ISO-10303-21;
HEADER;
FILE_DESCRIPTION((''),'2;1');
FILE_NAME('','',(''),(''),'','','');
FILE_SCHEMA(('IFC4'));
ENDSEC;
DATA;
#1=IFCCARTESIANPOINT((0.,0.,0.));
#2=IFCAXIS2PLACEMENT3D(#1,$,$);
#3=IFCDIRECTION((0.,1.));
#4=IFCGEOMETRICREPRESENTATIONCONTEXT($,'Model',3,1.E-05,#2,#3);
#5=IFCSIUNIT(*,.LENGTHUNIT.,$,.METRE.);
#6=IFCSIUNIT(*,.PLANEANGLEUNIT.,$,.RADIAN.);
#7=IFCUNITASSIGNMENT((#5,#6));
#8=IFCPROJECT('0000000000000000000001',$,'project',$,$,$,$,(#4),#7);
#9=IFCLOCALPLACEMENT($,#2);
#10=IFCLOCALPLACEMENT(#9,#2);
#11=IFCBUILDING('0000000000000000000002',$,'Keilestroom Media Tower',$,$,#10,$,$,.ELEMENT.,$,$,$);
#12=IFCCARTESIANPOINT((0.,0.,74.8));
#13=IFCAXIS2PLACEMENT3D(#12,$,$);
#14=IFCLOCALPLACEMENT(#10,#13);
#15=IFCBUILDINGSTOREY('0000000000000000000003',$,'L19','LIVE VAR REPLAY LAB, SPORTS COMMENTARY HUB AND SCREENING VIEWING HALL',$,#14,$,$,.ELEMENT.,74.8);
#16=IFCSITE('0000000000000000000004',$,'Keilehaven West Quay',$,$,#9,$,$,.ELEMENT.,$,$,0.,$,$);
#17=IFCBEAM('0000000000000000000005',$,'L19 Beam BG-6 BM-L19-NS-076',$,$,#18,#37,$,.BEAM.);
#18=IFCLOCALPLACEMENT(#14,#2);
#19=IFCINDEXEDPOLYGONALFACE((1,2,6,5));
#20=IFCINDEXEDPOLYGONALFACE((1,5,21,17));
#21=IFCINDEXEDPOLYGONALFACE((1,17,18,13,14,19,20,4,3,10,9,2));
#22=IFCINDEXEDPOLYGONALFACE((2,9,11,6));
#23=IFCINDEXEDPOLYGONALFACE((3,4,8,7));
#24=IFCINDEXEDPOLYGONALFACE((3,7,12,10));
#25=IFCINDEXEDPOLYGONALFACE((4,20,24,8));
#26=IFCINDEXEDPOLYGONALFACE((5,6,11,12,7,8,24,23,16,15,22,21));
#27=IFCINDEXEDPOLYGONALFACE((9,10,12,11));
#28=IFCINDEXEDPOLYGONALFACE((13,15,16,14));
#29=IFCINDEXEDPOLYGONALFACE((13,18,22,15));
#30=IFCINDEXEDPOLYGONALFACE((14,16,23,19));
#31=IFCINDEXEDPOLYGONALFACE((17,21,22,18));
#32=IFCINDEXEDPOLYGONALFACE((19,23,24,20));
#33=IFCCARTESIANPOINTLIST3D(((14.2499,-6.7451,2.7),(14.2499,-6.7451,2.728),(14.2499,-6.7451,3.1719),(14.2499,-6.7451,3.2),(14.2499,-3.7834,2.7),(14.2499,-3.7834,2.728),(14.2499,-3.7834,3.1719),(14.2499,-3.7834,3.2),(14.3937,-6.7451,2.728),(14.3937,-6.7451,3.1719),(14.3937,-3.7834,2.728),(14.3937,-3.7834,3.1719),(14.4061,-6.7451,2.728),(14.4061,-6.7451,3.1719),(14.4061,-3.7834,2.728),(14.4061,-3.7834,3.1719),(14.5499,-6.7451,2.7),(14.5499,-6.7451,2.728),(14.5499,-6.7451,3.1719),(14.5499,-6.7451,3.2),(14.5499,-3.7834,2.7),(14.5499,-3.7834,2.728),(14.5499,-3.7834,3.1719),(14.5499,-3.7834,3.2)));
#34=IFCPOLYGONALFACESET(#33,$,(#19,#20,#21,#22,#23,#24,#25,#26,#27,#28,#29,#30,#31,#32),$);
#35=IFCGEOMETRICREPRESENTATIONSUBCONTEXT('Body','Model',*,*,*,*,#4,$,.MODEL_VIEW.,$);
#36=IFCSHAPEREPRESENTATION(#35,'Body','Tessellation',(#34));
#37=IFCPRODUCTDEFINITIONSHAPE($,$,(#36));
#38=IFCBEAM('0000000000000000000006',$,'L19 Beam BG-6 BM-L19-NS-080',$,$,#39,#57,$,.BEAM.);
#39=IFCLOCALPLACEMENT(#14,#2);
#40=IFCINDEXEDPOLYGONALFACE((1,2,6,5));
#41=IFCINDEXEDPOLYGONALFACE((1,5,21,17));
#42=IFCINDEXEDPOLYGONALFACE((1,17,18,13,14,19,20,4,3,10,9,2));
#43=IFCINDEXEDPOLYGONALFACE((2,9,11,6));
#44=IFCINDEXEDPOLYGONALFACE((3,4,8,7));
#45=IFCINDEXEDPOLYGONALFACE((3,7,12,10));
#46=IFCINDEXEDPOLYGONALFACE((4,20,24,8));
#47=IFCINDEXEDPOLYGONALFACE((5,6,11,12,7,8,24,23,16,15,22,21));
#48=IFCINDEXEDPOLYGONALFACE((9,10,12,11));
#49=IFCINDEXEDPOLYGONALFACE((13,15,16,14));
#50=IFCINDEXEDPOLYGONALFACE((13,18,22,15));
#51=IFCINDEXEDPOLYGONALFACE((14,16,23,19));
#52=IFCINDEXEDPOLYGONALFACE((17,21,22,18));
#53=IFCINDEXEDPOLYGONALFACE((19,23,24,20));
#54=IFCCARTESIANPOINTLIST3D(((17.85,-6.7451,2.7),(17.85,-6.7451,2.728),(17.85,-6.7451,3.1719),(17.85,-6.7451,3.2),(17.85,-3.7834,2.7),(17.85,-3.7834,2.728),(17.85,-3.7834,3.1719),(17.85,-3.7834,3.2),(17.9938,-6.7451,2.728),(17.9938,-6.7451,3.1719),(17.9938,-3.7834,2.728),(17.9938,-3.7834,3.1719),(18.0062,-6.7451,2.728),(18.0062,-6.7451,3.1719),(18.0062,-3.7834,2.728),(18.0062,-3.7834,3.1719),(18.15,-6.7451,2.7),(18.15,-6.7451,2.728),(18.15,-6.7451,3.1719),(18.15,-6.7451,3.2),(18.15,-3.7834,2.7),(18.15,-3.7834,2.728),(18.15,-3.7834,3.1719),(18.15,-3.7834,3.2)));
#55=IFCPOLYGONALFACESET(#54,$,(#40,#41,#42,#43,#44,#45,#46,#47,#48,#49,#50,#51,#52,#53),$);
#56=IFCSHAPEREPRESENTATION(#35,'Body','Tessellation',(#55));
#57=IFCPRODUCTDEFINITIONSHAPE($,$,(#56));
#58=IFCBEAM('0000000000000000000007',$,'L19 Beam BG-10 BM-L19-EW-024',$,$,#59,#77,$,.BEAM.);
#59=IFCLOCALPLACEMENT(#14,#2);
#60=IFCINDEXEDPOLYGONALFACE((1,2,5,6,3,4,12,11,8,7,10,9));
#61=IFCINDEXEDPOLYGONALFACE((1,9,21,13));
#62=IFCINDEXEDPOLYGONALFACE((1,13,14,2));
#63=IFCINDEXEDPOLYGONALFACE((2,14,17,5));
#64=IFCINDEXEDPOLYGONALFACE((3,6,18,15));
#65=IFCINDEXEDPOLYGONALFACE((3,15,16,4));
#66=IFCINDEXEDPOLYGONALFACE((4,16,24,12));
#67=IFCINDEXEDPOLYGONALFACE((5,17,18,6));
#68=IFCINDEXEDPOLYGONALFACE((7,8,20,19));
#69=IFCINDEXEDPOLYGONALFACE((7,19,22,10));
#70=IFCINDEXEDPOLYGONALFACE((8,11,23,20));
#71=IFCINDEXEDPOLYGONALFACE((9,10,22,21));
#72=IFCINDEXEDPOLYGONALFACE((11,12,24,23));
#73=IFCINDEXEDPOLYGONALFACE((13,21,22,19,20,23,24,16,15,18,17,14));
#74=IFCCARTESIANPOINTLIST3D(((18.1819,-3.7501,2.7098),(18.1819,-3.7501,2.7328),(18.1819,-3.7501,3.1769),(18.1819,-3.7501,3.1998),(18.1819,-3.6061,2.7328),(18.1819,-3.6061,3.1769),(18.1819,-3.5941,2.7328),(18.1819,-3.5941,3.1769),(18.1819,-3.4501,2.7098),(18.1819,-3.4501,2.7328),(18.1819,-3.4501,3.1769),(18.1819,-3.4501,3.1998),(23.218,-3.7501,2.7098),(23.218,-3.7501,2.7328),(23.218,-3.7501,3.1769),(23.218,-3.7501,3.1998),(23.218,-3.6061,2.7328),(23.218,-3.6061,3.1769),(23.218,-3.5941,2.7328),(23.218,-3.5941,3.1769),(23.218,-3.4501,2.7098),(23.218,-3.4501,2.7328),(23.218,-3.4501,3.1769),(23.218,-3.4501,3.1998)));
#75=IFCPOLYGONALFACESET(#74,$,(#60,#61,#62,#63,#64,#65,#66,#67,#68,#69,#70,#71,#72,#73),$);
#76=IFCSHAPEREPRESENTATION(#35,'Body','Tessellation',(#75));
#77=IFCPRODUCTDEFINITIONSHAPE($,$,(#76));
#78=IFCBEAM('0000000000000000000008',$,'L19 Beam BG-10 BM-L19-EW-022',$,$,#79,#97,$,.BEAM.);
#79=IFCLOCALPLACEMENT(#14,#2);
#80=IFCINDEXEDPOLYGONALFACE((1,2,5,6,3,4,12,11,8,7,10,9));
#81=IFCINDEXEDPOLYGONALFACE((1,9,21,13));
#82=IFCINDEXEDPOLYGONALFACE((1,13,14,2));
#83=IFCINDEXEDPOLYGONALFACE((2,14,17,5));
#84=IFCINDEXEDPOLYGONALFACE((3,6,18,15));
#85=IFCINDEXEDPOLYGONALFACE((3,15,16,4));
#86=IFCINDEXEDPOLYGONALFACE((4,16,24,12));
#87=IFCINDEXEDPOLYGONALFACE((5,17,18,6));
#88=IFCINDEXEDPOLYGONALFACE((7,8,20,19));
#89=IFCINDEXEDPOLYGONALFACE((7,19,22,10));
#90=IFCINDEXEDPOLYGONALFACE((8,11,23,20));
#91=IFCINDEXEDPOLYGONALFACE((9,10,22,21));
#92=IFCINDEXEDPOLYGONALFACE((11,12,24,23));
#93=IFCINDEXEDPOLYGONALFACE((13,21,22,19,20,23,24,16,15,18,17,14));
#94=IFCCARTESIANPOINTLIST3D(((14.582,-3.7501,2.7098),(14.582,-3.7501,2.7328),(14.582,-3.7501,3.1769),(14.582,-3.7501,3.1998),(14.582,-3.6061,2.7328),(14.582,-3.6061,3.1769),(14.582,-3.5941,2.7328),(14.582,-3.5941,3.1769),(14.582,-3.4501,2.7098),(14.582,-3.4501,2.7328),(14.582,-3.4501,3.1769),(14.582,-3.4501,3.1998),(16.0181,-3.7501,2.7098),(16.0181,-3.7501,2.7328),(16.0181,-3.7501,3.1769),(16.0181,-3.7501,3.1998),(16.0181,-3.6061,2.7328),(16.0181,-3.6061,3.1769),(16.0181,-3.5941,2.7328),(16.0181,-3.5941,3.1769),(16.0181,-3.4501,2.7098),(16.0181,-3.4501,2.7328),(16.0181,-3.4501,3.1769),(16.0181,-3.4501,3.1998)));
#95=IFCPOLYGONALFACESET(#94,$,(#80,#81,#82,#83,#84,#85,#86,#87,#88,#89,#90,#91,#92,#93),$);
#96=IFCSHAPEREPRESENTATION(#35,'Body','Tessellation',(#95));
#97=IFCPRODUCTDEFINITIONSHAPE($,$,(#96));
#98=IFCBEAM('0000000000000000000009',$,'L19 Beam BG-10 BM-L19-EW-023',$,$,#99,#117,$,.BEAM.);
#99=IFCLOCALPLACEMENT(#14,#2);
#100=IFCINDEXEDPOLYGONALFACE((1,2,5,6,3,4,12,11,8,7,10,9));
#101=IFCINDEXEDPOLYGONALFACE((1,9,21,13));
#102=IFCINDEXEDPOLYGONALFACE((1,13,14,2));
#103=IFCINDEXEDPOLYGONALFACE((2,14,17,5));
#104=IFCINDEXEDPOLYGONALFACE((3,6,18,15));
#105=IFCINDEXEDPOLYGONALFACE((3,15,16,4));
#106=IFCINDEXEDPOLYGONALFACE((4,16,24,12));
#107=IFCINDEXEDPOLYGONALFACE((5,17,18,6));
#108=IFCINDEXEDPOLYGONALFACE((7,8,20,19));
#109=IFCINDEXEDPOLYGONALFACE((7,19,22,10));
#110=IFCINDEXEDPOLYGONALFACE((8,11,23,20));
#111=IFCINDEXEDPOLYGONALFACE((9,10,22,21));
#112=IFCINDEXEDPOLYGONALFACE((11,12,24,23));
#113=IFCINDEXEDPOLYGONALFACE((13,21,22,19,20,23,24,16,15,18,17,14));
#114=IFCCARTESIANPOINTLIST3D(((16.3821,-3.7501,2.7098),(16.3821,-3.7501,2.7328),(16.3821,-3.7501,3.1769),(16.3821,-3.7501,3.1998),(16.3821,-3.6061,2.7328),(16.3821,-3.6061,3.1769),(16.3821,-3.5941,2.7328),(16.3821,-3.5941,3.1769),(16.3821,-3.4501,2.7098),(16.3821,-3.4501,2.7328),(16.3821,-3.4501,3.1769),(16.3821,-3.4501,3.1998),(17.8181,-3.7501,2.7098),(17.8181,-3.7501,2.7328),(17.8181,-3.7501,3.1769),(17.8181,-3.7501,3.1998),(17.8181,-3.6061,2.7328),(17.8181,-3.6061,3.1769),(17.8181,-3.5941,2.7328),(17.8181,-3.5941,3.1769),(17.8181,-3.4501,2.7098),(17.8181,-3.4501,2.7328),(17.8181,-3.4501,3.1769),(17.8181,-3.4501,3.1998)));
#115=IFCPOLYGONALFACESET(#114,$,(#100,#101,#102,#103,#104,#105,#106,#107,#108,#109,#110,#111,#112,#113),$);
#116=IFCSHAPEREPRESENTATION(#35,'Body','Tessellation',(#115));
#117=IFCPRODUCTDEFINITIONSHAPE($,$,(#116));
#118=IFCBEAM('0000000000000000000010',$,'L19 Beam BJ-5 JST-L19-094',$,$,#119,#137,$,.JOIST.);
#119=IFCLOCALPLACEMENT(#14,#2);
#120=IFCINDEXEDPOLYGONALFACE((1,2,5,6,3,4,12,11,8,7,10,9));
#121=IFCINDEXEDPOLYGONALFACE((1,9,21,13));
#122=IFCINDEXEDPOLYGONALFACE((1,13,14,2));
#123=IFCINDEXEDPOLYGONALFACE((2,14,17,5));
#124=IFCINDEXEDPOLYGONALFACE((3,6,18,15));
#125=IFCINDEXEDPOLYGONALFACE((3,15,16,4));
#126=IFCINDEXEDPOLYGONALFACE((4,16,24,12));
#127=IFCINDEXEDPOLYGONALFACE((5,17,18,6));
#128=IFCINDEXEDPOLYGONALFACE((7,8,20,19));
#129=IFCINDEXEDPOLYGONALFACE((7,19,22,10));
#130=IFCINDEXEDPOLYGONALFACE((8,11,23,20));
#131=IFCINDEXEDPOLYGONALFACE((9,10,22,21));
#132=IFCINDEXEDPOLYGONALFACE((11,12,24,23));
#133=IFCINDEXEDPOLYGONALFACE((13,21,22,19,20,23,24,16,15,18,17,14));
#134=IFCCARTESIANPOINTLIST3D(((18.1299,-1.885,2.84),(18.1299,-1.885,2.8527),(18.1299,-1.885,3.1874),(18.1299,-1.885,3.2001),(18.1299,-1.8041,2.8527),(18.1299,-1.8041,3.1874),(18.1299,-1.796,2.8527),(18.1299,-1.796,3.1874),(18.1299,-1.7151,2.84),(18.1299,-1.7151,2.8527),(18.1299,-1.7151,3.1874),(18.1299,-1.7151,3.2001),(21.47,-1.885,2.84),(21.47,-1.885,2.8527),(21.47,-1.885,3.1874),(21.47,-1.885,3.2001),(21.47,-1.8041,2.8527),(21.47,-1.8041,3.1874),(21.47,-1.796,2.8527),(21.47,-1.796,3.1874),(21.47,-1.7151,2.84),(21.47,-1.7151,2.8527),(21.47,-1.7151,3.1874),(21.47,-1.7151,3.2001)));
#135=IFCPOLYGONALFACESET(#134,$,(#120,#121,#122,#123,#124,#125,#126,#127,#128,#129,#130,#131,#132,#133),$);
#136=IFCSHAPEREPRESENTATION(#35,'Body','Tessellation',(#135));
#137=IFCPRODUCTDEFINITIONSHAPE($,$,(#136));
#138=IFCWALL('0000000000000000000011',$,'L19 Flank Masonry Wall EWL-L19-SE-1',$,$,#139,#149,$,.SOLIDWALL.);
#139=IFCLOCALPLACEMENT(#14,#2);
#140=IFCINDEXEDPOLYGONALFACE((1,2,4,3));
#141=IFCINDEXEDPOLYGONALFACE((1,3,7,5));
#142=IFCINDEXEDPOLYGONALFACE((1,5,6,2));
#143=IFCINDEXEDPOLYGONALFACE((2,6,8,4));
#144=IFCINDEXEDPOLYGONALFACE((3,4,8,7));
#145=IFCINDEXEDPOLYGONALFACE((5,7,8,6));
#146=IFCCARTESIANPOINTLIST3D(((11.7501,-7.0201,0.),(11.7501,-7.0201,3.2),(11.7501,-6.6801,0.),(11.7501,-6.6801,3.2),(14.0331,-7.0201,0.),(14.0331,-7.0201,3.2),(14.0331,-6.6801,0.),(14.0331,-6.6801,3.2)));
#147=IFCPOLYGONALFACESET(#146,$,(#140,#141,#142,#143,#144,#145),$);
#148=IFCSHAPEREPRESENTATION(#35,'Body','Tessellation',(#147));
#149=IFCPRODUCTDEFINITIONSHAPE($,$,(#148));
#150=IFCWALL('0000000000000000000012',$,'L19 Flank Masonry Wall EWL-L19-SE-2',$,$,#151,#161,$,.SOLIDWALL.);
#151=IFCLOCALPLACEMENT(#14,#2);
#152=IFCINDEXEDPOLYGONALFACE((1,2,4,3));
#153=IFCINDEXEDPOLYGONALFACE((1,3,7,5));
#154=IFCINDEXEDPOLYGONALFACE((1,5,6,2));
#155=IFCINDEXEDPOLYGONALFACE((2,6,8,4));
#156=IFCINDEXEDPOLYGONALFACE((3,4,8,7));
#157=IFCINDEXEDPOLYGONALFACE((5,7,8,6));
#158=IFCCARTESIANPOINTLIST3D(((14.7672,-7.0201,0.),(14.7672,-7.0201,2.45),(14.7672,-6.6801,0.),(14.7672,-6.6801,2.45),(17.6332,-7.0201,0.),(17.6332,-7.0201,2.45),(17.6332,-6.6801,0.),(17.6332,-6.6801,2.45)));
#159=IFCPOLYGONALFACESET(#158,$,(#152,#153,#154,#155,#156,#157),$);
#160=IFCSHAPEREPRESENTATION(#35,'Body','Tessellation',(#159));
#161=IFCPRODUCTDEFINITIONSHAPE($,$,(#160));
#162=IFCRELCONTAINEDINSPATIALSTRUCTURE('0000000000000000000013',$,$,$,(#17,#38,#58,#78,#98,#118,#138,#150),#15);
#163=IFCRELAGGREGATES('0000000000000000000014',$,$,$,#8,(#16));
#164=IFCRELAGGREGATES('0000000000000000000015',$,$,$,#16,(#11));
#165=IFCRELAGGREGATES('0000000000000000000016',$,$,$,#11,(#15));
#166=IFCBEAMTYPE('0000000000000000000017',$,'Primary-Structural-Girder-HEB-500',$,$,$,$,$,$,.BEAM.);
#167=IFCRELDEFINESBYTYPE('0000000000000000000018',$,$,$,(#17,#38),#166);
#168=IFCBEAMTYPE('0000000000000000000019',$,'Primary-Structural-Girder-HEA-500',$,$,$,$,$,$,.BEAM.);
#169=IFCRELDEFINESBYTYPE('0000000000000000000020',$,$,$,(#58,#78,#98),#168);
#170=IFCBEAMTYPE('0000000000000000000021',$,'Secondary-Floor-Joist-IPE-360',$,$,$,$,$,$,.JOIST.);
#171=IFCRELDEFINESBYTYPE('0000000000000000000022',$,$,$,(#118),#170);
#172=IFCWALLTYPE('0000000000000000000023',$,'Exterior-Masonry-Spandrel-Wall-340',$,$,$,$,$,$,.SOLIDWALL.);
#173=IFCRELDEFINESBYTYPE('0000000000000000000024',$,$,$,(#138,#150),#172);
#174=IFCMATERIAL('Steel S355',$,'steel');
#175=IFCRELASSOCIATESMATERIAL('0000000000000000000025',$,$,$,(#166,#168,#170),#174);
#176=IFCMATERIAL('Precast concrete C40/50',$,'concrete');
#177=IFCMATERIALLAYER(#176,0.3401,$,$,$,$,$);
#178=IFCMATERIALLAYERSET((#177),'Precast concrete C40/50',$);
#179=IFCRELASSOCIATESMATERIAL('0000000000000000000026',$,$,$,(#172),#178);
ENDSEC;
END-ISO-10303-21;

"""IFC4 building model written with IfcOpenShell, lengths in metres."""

from ifc_helpers import new_model, si_unit, direction, frame, frame_2d, origin, origin_2d, place, context, subcontext, project, spatial, rectangle, i_section, extrude, source, transform, mapped, material, layer, layer_set, material_profile, profile_set, type_object, element, save


model = new_model("IFC4")

# Units and contexts
model_context = context("Model", 3, precision=1e-05, world=origin(), true_north=direction((0.0, 1.0)))
body_context = subcontext(model_context, "Body", "Model", "MODEL_VIEW")
ifc_project = project(units=[si_unit("LENGTHUNIT", "METRE"), si_unit("PLANEANGLEUNIT", "RADIAN")], contexts=[model_context])

# Site, building, storey
site_placement = place(None, origin())
site = spatial("IfcSite", under=ifc_project, at=site_placement, Name="Keilehaven West Quay", CompositionType="ELEMENT", RefElevation=0.0)
building_placement = place(site_placement, origin())
building = spatial("IfcBuilding", under=site, at=building_placement, Name="Keilestroom Media Tower", CompositionType="ELEMENT")
storey_placement = place(building_placement, frame((0.0, 0.0, 74.8)))
storey = spatial("IfcBuildingStorey", under=building, at=storey_placement, Name="L19", Description="LIVE VAR REPLAY LAB, SPORTS COMMENTARY HUB AND SCREENING VIEWING HALL", CompositionType="ELEMENT", Elevation=74.8)

# Shared definitions
ifc_material_1 = material(Name="Precast concrete C40/50", Category="concrete")

# Beams
ifc_material_2 = material(Name="Steel S355", Category="steel")
ifc_material_profile_1 = material_profile(ifc_material_2, i_section(OverallWidth=0.3, OverallDepth=0.5, WebThickness=0.0125, FlangeThickness=0.0281, at=origin_2d()), Name="HEB 500")
ifc_profile_set_1 = profile_set([ifc_material_profile_1], Name="Steel S355")
beam_type_1 = type_object("IfcBeamType", Name="Primary-Structural-Girder-HEB-500", PredefinedType="BEAM", material=ifc_profile_set_1)
shared_shape_1 = source(origin(), body_context, "Body", "SweptSolid", [
    extrude(i_section(OverallWidth=0.3, OverallDepth=0.5, WebThickness=0.0125, FlangeThickness=0.0281, at=origin_2d()), origin(), (0.0, 0.0, 1.0), 2.9617),
])
for number, where, z_axis, x_axis, name in (
    (1, (14.3999, -6.7451, 2.95), (0.0, 1.0, 0.0), (-1.0, 0.0, 0.0), "L19 Beam BG-6 BM-L19-NS-076"),
    (2, (18.0, -6.7451, 2.95), (0.0, 1.0, 0.0), (-1.0, 0.0, 0.0), "L19 Beam BG-6 BM-L19-NS-080"),
):
    element("IfcBeam", number, at=place(storey_placement, frame(where, z_axis=z_axis, x_axis=x_axis)), inside=storey, type_object=beam_type_1, Name=name, PredefinedType="BEAM", context=body_context, shape_type="MappedRepresentation", body=[
        mapped(shared_shape_1, transform((0.0, 0.0, 0.0), x_axis=(1.0, 0.0, 0.0), y_axis=(0.0, 1.0, 0.0), z_axis=(0.0, 0.0, 1.0), scale=1.0)),
    ])
ifc_material_profile_2 = material_profile(ifc_material_2, i_section(OverallWidth=0.3, OverallDepth=0.49, WebThickness=0.012, FlangeThickness=0.0229, at=origin_2d()), Name="HEA 500")
ifc_profile_set_2 = profile_set([ifc_material_profile_2], Name="Steel S355")
beam_type_2 = type_object("IfcBeamType", Name="Primary-Structural-Girder-HEA-500", PredefinedType="BEAM", material=ifc_profile_set_2)
shared_shape_2 = source(origin(), body_context, "Body", "SweptSolid", [
    extrude(i_section(OverallWidth=0.3, OverallDepth=0.49, WebThickness=0.012, FlangeThickness=0.0229, at=origin_2d()), origin(), (0.0, 0.0, 1.0), 5.0361),
])
beam_1_placement = place(storey_placement, frame((18.1819, -3.6001, 2.9548), z_axis=(1.0, 0.0, 0.0), x_axis=(0.0, 1.0, 0.0)))
element("IfcBeam", 3, at=beam_1_placement, inside=storey, type_object=beam_type_2, Name="L19 Beam BG-10 BM-L19-EW-024", PredefinedType="BEAM", context=body_context, shape_type="MappedRepresentation", body=[
    mapped(shared_shape_2, transform((0.0, 0.0, 0.0), x_axis=(1.0, 0.0, 0.0), y_axis=(0.0, 1.0, 0.0), z_axis=(0.0, 0.0, 1.0), scale=1.0)),
])
shared_shape_3 = source(origin(), body_context, "Body", "SweptSolid", [
    extrude(i_section(OverallWidth=0.3, OverallDepth=0.49, WebThickness=0.012, FlangeThickness=0.0229, at=origin_2d()), origin(), (0.0, 0.0, 1.0), 1.436),
])
for number, where, z_axis, x_axis, name in (
    (4, (14.582, -3.6001, 2.9548), (1.0, 0.0, 0.0), (0.0, 1.0, 0.0), "L19 Beam BG-10 BM-L19-EW-022"),
    (5, (16.3821, -3.6001, 2.9548), (1.0, 0.0, 0.0), (0.0, 1.0, 0.0), "L19 Beam BG-10 BM-L19-EW-023"),
):
    element("IfcBeam", number, at=place(storey_placement, frame(where, z_axis=z_axis, x_axis=x_axis)), inside=storey, type_object=beam_type_2, Name=name, PredefinedType="BEAM", context=body_context, shape_type="MappedRepresentation", body=[
        mapped(shared_shape_3, transform((0.0, 0.0, 0.0), x_axis=(1.0, 0.0, 0.0), y_axis=(0.0, 1.0, 0.0), z_axis=(0.0, 0.0, 1.0), scale=1.0)),
    ])
ifc_material_profile_3 = material_profile(ifc_material_2, i_section(OverallWidth=0.1699, OverallDepth=0.3601, WebThickness=0.0081, FlangeThickness=0.0127, at=origin_2d()), Name="IPE 360")
ifc_profile_set_3 = profile_set([ifc_material_profile_3], Name="Steel S355")
beam_type_3 = type_object("IfcBeamType", Name="Secondary-Floor-Joist-IPE-360", PredefinedType="JOIST", material=ifc_profile_set_3)
shared_shape_4 = source(origin(), body_context, "Body", "SweptSolid", [
    extrude(i_section(OverallWidth=0.1699, OverallDepth=0.3601, WebThickness=0.0081, FlangeThickness=0.0127, at=origin_2d()), origin(), (0.0, 0.0, 1.0), 3.3401),
])
beam_2_placement = place(storey_placement, frame((18.1299, -1.8, 3.02), z_axis=(1.0, 0.0, 0.0), x_axis=(0.0, 1.0, 0.0)))
element("IfcBeam", 6, at=beam_2_placement, inside=storey, type_object=beam_type_3, Name="L19 Beam BJ-5 JST-L19-094", PredefinedType="JOIST", context=body_context, shape_type="MappedRepresentation", body=[
    mapped(shared_shape_4, transform((0.0, 0.0, 0.0), x_axis=(1.0, 0.0, 0.0), y_axis=(0.0, 1.0, 0.0), z_axis=(0.0, 0.0, 1.0), scale=1.0)),
])

# Walls
ifc_layer_1 = layer(ifc_material_1, 0.3401)
ifc_layer_set_1 = layer_set([ifc_layer_1], Name="Precast concrete C40/50")
wall_type_1 = type_object("IfcWallType", Name="Exterior-Masonry-Spandrel-Wall-340", PredefinedType="SOLIDWALL", material=ifc_layer_set_1)
wall_1_placement = place(storey_placement, frame((11.75, -6.8501, 0.0), z_axis=(0.0, 0.0, 1.0), x_axis=(1.0, 0.0, 0.0)))
element("IfcWall", 7, at=wall_1_placement, inside=storey, type_object=wall_type_1, Name="L19 Flank Masonry Wall EWL-L19-SE-1", PredefinedType="SOLIDWALL", context=body_context, shape_type="SweptSolid", body=[
    extrude(rectangle(XDim=2.283, YDim=0.3401, at=frame_2d((1.1416, 0.0))), origin(), (0.0, 0.0, 1.0), 3.2),
])
wall_2_placement = place(storey_placement, frame((14.7671, -6.8501, 0.0), z_axis=(0.0, 0.0, 1.0), x_axis=(1.0, 0.0, 0.0)))
element("IfcWall", 8, at=wall_2_placement, inside=storey, type_object=wall_type_1, Name="L19 Flank Masonry Wall EWL-L19-SE-2", PredefinedType="SOLIDWALL", context=body_context, shape_type="SweptSolid", body=[
    extrude(rectangle(XDim=2.866, YDim=0.3401, at=frame_2d((1.4331, 0.0))), origin(), (0.0, 0.0, 1.0), 2.45),
])

save(model, "model.ifc")
